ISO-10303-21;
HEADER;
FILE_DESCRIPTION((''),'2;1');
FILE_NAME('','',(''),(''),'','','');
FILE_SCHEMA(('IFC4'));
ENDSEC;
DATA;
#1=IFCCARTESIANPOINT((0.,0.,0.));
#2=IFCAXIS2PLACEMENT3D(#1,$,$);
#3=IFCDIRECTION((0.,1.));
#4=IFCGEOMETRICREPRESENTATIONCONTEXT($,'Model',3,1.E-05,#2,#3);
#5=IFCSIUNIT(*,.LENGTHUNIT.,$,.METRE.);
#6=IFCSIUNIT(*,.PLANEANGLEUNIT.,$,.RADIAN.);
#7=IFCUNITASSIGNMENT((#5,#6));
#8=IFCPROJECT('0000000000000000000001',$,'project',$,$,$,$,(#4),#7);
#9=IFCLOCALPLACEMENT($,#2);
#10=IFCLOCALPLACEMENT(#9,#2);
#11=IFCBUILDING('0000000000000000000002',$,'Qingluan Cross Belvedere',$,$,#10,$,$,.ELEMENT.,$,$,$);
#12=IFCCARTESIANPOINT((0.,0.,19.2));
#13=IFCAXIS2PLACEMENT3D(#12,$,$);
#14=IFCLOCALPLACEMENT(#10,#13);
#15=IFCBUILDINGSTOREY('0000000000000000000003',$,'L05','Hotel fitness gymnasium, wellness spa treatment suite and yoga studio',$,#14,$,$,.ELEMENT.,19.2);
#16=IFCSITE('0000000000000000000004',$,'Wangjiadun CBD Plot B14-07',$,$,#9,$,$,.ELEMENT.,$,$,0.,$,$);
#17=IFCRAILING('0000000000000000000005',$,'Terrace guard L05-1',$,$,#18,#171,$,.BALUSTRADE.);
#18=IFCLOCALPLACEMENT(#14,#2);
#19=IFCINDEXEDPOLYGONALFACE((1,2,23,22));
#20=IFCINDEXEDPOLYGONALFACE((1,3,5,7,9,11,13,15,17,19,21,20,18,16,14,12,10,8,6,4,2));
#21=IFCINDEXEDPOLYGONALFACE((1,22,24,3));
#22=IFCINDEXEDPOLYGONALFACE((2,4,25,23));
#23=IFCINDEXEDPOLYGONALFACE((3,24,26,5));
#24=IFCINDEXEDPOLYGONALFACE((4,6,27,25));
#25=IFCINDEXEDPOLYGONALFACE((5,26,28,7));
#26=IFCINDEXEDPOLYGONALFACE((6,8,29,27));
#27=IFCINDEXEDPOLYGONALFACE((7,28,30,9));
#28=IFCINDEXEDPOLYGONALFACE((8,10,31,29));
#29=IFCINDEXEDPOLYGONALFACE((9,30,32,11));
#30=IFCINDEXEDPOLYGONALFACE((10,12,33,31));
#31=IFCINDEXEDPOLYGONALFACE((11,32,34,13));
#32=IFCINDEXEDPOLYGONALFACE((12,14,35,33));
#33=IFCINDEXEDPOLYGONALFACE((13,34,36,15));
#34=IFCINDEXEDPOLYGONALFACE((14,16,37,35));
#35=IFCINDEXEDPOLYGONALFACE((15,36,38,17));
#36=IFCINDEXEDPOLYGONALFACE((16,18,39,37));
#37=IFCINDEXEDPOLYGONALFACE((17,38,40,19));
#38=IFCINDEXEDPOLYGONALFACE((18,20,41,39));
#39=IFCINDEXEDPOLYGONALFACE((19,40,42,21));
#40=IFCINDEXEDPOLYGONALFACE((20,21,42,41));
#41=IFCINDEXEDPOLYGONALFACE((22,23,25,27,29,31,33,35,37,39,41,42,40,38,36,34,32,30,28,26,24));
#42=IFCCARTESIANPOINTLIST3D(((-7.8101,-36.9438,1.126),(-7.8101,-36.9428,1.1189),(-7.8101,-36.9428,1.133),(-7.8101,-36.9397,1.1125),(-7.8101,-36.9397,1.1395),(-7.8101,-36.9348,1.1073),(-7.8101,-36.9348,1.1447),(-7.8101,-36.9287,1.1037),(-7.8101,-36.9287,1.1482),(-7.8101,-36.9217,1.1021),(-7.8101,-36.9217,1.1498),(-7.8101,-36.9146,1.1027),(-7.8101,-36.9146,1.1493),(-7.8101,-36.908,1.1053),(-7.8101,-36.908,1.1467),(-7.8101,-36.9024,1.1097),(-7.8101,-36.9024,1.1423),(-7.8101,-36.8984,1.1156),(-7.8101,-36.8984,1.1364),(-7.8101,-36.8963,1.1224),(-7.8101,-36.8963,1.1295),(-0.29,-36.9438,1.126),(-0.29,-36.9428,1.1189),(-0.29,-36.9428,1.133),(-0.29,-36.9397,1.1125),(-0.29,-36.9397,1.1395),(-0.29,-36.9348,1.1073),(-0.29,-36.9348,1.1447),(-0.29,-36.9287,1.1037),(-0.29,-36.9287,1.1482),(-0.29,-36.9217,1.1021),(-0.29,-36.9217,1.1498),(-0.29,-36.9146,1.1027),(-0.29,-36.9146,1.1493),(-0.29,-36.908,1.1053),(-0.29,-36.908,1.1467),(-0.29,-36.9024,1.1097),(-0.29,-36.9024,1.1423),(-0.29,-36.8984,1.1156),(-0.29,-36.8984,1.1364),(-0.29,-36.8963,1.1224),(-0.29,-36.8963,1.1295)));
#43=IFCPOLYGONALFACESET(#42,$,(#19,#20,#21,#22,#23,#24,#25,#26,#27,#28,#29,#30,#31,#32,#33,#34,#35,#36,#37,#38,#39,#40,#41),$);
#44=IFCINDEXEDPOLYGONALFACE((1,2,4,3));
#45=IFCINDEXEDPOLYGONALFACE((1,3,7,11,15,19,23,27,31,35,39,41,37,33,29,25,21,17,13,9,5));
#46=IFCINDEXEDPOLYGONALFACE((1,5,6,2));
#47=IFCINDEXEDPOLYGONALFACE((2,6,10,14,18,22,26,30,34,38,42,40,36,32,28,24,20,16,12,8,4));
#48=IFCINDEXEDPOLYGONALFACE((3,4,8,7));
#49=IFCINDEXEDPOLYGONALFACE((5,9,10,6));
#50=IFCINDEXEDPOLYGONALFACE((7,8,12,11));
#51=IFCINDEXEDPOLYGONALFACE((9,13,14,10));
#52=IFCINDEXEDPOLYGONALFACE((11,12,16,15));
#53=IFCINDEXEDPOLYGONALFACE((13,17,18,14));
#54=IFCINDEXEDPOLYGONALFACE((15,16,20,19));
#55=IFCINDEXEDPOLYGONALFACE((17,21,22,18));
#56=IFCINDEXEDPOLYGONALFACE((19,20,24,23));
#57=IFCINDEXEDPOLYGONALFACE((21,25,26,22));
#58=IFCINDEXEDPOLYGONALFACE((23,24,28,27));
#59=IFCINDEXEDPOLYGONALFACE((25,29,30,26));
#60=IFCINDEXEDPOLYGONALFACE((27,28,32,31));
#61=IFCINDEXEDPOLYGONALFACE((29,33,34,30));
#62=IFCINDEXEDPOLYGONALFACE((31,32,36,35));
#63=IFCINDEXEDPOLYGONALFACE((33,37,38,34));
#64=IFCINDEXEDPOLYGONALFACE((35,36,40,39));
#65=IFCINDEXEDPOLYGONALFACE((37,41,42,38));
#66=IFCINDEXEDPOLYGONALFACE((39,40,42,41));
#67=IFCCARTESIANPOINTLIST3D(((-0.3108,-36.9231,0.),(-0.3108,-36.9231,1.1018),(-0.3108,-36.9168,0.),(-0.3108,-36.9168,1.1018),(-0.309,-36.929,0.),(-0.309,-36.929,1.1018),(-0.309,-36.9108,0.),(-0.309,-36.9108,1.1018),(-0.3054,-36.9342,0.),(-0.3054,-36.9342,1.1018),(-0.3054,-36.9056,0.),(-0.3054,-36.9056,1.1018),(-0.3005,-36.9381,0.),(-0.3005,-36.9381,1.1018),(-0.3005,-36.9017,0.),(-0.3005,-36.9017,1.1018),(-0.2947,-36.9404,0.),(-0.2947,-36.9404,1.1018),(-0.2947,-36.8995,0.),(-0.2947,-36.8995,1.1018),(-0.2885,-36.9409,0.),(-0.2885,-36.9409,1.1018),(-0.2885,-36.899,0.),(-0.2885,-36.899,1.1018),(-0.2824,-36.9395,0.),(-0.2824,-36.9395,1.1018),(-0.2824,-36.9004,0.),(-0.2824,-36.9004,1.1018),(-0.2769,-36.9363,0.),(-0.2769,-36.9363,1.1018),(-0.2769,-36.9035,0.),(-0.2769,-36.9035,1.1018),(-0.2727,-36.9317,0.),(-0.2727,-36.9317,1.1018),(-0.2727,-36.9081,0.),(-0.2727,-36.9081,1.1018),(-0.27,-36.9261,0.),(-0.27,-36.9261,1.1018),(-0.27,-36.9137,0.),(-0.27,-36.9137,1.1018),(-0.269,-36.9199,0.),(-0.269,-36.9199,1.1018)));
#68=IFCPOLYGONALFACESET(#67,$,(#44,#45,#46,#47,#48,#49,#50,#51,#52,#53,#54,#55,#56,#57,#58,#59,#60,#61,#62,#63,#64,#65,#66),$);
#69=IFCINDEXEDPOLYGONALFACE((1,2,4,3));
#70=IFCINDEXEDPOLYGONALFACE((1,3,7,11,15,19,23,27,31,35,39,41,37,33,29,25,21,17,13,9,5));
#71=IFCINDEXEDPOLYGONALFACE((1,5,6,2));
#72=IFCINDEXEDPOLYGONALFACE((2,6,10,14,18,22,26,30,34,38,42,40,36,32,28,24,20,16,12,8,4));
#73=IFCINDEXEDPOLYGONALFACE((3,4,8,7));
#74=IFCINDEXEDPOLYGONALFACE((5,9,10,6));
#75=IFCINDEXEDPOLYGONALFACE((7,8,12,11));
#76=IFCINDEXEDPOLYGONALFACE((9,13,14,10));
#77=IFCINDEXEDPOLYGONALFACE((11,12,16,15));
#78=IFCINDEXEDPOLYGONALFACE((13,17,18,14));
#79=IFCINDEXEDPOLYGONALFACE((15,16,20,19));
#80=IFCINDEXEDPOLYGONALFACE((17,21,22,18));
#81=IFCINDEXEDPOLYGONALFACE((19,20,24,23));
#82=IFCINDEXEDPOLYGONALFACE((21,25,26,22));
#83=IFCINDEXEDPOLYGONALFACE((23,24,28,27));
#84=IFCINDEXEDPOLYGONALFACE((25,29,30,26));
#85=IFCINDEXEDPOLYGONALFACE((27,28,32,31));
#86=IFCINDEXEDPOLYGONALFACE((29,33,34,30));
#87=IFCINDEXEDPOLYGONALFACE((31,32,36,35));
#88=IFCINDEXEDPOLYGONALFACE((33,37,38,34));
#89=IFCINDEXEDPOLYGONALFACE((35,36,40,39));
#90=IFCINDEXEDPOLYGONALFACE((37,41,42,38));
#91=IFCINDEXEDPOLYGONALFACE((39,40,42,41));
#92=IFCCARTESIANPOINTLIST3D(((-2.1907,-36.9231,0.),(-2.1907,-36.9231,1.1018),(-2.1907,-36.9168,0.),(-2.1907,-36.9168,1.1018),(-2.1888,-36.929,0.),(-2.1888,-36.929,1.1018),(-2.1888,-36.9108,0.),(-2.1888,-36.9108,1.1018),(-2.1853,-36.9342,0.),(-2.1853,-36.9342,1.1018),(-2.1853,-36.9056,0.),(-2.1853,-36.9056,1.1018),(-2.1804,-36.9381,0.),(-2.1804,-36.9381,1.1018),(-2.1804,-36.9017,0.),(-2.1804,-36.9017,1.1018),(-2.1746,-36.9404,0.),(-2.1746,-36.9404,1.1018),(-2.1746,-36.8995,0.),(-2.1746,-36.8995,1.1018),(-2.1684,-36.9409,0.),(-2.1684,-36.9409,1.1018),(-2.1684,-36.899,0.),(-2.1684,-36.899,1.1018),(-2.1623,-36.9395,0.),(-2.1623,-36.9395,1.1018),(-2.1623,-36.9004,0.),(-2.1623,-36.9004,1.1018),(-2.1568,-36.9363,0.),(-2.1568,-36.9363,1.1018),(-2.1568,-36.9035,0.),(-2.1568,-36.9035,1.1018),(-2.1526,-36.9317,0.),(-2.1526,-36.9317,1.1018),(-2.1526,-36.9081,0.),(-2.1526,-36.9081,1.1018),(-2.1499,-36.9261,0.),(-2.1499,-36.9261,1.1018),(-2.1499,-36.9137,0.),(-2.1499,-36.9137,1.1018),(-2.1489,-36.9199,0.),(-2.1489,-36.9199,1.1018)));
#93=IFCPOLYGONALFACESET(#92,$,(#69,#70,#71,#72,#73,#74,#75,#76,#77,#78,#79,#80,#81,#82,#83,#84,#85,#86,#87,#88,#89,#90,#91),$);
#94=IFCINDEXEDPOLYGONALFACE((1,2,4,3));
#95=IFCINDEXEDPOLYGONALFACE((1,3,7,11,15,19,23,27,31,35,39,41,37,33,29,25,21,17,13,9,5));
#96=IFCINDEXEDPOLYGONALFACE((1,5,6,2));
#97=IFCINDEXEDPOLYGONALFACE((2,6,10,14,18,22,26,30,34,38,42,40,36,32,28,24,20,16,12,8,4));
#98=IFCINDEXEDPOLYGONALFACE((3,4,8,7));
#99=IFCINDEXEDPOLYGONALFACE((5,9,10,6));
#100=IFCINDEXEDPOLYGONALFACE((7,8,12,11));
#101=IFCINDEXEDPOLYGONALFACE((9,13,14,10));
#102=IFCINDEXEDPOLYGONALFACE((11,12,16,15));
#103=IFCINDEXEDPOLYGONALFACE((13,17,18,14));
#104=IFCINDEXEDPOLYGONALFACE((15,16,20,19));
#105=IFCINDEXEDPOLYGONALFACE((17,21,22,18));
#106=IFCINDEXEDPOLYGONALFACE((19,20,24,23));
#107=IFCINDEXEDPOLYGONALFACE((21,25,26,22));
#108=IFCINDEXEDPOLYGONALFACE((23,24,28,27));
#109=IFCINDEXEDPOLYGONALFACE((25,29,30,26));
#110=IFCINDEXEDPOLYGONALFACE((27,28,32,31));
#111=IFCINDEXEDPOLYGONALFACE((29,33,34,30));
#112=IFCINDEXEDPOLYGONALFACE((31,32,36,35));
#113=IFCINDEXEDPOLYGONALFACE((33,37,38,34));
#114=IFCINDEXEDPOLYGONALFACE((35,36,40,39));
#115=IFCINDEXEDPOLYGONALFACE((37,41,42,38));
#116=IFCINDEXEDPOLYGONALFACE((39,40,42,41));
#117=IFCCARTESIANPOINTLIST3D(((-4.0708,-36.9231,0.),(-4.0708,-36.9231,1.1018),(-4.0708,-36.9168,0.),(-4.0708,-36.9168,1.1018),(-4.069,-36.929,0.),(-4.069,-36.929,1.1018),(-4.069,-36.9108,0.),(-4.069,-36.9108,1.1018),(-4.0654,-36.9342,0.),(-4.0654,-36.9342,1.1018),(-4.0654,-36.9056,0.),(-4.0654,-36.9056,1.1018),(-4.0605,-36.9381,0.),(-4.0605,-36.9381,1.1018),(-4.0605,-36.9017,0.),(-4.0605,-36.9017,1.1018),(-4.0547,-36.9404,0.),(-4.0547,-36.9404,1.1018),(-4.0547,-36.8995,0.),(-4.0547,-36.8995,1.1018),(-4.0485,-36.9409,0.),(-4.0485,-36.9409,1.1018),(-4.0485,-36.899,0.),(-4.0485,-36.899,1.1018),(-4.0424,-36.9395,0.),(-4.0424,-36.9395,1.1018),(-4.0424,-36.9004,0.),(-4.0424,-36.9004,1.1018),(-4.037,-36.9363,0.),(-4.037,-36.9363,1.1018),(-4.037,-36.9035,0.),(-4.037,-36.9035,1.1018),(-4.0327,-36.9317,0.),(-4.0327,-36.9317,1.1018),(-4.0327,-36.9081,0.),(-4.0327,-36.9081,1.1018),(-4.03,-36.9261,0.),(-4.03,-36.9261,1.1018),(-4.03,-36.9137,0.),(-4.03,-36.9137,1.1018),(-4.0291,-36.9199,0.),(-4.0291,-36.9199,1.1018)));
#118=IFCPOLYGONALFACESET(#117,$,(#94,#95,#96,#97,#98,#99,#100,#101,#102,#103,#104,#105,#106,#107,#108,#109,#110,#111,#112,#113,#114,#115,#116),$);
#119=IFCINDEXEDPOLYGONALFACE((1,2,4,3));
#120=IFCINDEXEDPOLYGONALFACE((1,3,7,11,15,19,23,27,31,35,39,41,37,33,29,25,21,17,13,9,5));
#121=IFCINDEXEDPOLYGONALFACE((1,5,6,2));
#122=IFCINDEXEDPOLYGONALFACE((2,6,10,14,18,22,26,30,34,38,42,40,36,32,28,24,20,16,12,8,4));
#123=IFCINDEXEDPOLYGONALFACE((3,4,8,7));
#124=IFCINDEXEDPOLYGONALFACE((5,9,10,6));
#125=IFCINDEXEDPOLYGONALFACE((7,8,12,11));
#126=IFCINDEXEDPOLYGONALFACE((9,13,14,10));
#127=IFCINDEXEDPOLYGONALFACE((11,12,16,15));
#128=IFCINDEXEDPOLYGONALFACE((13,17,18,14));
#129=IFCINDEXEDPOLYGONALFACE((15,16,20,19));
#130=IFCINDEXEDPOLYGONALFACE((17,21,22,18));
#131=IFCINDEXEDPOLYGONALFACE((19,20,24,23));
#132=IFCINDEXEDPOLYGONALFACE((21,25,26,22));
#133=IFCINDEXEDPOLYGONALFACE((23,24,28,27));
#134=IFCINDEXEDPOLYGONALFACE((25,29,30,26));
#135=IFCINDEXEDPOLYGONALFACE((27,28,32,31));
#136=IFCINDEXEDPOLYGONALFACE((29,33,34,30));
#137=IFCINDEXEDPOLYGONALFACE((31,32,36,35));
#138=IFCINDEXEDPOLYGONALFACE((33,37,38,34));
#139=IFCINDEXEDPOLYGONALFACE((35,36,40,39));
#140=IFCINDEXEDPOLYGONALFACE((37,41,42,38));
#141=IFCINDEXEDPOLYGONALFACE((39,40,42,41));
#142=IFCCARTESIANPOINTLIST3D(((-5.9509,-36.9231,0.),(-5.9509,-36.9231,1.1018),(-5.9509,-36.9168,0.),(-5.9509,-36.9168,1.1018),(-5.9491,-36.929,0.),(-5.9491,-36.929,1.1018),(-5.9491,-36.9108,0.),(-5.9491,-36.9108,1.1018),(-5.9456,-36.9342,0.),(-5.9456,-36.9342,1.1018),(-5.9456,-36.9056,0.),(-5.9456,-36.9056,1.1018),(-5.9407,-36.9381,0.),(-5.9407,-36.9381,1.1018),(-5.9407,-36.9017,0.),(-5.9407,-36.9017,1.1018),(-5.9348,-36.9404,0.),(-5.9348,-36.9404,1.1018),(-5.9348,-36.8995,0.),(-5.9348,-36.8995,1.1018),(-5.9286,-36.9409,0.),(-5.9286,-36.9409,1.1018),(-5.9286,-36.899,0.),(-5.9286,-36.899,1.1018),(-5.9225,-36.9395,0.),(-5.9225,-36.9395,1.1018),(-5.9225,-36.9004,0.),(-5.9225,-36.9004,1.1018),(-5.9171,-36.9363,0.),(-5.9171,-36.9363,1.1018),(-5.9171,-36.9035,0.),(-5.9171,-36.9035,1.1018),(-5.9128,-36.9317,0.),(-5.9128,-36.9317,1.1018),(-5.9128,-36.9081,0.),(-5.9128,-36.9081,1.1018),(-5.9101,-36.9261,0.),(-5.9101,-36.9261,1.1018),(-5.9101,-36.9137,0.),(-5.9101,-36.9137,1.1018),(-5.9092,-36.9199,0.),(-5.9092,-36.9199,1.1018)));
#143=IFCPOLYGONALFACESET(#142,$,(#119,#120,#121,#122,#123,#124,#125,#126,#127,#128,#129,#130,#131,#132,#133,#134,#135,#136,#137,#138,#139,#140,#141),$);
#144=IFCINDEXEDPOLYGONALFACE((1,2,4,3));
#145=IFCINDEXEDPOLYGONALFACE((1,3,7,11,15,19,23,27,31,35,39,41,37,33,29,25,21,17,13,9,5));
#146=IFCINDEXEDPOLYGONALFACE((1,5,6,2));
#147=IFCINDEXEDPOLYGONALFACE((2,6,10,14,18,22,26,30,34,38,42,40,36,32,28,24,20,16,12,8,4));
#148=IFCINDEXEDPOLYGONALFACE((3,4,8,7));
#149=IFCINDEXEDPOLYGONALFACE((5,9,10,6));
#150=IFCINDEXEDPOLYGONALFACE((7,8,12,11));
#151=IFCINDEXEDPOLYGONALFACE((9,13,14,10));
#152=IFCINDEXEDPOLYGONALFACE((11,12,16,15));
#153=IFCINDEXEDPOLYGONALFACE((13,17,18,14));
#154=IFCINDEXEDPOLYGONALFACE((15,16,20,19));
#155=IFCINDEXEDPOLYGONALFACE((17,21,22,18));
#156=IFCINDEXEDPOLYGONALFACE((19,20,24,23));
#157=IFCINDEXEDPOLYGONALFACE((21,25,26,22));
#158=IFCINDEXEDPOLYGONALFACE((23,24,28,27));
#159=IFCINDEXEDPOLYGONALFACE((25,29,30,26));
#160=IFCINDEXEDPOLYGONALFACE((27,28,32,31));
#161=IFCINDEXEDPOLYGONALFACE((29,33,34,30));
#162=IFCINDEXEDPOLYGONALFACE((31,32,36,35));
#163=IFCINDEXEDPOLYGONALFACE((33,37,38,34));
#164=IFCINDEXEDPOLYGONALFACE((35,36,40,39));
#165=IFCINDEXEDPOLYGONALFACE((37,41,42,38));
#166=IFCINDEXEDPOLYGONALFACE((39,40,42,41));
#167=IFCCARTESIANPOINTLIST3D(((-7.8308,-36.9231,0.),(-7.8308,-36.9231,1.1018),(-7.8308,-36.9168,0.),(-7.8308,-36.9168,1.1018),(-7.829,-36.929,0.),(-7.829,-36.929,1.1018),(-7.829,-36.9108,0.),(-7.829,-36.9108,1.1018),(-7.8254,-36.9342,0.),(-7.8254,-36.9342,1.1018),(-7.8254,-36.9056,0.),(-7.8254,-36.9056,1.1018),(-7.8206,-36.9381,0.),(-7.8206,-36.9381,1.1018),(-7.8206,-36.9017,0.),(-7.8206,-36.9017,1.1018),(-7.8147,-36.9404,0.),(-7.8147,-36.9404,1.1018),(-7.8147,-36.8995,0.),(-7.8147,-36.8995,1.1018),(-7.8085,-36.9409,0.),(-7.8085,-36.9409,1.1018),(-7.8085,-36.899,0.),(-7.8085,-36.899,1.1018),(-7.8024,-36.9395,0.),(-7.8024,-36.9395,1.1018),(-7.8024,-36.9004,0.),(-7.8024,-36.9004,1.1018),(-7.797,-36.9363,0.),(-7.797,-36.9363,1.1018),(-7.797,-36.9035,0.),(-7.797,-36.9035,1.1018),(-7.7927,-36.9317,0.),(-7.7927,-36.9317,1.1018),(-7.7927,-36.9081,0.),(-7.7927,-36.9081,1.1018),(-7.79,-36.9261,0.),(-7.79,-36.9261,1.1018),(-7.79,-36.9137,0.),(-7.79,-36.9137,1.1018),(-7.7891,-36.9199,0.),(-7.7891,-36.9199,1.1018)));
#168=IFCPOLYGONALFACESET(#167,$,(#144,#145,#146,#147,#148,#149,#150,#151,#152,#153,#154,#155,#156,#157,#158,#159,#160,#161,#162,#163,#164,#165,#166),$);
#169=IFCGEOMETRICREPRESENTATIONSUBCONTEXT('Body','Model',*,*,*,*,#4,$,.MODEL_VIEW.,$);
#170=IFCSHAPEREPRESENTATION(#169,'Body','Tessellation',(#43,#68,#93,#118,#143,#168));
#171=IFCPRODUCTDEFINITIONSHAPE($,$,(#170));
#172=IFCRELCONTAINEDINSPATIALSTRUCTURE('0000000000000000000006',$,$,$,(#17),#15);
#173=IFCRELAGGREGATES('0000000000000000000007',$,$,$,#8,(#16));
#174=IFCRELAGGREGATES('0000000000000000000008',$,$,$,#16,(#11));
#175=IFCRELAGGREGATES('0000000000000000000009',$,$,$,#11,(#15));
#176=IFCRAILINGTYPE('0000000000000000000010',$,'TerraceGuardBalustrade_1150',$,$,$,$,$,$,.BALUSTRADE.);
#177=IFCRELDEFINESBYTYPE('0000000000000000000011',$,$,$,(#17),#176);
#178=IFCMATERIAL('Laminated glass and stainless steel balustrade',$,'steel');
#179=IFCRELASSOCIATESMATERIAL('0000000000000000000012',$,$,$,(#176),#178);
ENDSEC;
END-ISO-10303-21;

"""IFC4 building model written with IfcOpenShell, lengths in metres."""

from ifc_helpers import new_model, si_unit, direction, frame, origin, origin_2d, place, context, subcontext, project, spatial, circle, extrude, material, type_object, element, save


model = new_model("IFC4")

# Units and contexts
model_context = context("Model", 3, precision=1e-05, world=origin(), true_north=direction((0.0, 1.0)))
body_context = subcontext(model_context, "Body", "Model", "MODEL_VIEW")
ifc_project = project(units=[si_unit("LENGTHUNIT", "METRE"), si_unit("PLANEANGLEUNIT", "RADIAN")], contexts=[model_context])

# Site, building, storey
site_placement = place(None, origin())
site = spatial("IfcSite", under=ifc_project, at=site_placement, Name="Wangjiadun CBD Plot B14-07", CompositionType="ELEMENT", RefElevation=0.0)
building_placement = place(site_placement, origin())
building = spatial("IfcBuilding", under=site, at=building_placement, Name="Qingluan Cross Belvedere", CompositionType="ELEMENT")
storey_placement = place(building_placement, frame((0.0, 0.0, 19.2)))
storey = spatial("IfcBuildingStorey", under=building, at=storey_placement, Name="L05", Description="Hotel fitness gymnasium, wellness spa treatment suite and yoga studio", CompositionType="ELEMENT", Elevation=19.2)

# Railing
ifc_material_1 = material(Name="Laminated glass and stainless steel balustrade", Category="steel")
railing_type = type_object("IfcRailingType", Name="TerraceGuardBalustrade_1150", PredefinedType="BALUSTRADE", material=ifc_material_1)
railing_placement = place(storey_placement, frame((-0.29, -36.9199, 0.0)))
element("IfcRailing", 1, at=railing_placement, inside=storey, type_object=railing_type, Name="Terrace guard L05-1", PredefinedType="BALUSTRADE", context=body_context, shape_type="SweptSolid", body=[
    extrude(circle(Radius=0.0239, at=origin_2d()), frame((0.0, 0.0, 1.126), z_axis=(-1.0, 0.0, 0.0), x_axis=(0.0, -1.0, 0.0)), (0.0, 0.0, 1.0), 7.52),
    extrude(circle(Radius=0.021, at=origin_2d()), origin(), (0.0, 0.0, 1.0), 1.1018),
    extrude(circle(Radius=0.021, at=origin_2d()), frame((-1.8799, 0.0, 0.0)), (0.0, 0.0, 1.0), 1.1018),
    extrude(circle(Radius=0.021, at=origin_2d()), frame((-3.76, 0.0, 0.0)), (0.0, 0.0, 1.0), 1.1018),
    extrude(circle(Radius=0.021, at=origin_2d()), frame((-5.6401, 0.0, 0.0)), (0.0, 0.0, 1.0), 1.1018),
    extrude(circle(Radius=0.021, at=origin_2d()), frame((-7.52, 0.0, 0.0)), (0.0, 0.0, 1.0), 1.1018),
])

save(model, "model.ifc")
